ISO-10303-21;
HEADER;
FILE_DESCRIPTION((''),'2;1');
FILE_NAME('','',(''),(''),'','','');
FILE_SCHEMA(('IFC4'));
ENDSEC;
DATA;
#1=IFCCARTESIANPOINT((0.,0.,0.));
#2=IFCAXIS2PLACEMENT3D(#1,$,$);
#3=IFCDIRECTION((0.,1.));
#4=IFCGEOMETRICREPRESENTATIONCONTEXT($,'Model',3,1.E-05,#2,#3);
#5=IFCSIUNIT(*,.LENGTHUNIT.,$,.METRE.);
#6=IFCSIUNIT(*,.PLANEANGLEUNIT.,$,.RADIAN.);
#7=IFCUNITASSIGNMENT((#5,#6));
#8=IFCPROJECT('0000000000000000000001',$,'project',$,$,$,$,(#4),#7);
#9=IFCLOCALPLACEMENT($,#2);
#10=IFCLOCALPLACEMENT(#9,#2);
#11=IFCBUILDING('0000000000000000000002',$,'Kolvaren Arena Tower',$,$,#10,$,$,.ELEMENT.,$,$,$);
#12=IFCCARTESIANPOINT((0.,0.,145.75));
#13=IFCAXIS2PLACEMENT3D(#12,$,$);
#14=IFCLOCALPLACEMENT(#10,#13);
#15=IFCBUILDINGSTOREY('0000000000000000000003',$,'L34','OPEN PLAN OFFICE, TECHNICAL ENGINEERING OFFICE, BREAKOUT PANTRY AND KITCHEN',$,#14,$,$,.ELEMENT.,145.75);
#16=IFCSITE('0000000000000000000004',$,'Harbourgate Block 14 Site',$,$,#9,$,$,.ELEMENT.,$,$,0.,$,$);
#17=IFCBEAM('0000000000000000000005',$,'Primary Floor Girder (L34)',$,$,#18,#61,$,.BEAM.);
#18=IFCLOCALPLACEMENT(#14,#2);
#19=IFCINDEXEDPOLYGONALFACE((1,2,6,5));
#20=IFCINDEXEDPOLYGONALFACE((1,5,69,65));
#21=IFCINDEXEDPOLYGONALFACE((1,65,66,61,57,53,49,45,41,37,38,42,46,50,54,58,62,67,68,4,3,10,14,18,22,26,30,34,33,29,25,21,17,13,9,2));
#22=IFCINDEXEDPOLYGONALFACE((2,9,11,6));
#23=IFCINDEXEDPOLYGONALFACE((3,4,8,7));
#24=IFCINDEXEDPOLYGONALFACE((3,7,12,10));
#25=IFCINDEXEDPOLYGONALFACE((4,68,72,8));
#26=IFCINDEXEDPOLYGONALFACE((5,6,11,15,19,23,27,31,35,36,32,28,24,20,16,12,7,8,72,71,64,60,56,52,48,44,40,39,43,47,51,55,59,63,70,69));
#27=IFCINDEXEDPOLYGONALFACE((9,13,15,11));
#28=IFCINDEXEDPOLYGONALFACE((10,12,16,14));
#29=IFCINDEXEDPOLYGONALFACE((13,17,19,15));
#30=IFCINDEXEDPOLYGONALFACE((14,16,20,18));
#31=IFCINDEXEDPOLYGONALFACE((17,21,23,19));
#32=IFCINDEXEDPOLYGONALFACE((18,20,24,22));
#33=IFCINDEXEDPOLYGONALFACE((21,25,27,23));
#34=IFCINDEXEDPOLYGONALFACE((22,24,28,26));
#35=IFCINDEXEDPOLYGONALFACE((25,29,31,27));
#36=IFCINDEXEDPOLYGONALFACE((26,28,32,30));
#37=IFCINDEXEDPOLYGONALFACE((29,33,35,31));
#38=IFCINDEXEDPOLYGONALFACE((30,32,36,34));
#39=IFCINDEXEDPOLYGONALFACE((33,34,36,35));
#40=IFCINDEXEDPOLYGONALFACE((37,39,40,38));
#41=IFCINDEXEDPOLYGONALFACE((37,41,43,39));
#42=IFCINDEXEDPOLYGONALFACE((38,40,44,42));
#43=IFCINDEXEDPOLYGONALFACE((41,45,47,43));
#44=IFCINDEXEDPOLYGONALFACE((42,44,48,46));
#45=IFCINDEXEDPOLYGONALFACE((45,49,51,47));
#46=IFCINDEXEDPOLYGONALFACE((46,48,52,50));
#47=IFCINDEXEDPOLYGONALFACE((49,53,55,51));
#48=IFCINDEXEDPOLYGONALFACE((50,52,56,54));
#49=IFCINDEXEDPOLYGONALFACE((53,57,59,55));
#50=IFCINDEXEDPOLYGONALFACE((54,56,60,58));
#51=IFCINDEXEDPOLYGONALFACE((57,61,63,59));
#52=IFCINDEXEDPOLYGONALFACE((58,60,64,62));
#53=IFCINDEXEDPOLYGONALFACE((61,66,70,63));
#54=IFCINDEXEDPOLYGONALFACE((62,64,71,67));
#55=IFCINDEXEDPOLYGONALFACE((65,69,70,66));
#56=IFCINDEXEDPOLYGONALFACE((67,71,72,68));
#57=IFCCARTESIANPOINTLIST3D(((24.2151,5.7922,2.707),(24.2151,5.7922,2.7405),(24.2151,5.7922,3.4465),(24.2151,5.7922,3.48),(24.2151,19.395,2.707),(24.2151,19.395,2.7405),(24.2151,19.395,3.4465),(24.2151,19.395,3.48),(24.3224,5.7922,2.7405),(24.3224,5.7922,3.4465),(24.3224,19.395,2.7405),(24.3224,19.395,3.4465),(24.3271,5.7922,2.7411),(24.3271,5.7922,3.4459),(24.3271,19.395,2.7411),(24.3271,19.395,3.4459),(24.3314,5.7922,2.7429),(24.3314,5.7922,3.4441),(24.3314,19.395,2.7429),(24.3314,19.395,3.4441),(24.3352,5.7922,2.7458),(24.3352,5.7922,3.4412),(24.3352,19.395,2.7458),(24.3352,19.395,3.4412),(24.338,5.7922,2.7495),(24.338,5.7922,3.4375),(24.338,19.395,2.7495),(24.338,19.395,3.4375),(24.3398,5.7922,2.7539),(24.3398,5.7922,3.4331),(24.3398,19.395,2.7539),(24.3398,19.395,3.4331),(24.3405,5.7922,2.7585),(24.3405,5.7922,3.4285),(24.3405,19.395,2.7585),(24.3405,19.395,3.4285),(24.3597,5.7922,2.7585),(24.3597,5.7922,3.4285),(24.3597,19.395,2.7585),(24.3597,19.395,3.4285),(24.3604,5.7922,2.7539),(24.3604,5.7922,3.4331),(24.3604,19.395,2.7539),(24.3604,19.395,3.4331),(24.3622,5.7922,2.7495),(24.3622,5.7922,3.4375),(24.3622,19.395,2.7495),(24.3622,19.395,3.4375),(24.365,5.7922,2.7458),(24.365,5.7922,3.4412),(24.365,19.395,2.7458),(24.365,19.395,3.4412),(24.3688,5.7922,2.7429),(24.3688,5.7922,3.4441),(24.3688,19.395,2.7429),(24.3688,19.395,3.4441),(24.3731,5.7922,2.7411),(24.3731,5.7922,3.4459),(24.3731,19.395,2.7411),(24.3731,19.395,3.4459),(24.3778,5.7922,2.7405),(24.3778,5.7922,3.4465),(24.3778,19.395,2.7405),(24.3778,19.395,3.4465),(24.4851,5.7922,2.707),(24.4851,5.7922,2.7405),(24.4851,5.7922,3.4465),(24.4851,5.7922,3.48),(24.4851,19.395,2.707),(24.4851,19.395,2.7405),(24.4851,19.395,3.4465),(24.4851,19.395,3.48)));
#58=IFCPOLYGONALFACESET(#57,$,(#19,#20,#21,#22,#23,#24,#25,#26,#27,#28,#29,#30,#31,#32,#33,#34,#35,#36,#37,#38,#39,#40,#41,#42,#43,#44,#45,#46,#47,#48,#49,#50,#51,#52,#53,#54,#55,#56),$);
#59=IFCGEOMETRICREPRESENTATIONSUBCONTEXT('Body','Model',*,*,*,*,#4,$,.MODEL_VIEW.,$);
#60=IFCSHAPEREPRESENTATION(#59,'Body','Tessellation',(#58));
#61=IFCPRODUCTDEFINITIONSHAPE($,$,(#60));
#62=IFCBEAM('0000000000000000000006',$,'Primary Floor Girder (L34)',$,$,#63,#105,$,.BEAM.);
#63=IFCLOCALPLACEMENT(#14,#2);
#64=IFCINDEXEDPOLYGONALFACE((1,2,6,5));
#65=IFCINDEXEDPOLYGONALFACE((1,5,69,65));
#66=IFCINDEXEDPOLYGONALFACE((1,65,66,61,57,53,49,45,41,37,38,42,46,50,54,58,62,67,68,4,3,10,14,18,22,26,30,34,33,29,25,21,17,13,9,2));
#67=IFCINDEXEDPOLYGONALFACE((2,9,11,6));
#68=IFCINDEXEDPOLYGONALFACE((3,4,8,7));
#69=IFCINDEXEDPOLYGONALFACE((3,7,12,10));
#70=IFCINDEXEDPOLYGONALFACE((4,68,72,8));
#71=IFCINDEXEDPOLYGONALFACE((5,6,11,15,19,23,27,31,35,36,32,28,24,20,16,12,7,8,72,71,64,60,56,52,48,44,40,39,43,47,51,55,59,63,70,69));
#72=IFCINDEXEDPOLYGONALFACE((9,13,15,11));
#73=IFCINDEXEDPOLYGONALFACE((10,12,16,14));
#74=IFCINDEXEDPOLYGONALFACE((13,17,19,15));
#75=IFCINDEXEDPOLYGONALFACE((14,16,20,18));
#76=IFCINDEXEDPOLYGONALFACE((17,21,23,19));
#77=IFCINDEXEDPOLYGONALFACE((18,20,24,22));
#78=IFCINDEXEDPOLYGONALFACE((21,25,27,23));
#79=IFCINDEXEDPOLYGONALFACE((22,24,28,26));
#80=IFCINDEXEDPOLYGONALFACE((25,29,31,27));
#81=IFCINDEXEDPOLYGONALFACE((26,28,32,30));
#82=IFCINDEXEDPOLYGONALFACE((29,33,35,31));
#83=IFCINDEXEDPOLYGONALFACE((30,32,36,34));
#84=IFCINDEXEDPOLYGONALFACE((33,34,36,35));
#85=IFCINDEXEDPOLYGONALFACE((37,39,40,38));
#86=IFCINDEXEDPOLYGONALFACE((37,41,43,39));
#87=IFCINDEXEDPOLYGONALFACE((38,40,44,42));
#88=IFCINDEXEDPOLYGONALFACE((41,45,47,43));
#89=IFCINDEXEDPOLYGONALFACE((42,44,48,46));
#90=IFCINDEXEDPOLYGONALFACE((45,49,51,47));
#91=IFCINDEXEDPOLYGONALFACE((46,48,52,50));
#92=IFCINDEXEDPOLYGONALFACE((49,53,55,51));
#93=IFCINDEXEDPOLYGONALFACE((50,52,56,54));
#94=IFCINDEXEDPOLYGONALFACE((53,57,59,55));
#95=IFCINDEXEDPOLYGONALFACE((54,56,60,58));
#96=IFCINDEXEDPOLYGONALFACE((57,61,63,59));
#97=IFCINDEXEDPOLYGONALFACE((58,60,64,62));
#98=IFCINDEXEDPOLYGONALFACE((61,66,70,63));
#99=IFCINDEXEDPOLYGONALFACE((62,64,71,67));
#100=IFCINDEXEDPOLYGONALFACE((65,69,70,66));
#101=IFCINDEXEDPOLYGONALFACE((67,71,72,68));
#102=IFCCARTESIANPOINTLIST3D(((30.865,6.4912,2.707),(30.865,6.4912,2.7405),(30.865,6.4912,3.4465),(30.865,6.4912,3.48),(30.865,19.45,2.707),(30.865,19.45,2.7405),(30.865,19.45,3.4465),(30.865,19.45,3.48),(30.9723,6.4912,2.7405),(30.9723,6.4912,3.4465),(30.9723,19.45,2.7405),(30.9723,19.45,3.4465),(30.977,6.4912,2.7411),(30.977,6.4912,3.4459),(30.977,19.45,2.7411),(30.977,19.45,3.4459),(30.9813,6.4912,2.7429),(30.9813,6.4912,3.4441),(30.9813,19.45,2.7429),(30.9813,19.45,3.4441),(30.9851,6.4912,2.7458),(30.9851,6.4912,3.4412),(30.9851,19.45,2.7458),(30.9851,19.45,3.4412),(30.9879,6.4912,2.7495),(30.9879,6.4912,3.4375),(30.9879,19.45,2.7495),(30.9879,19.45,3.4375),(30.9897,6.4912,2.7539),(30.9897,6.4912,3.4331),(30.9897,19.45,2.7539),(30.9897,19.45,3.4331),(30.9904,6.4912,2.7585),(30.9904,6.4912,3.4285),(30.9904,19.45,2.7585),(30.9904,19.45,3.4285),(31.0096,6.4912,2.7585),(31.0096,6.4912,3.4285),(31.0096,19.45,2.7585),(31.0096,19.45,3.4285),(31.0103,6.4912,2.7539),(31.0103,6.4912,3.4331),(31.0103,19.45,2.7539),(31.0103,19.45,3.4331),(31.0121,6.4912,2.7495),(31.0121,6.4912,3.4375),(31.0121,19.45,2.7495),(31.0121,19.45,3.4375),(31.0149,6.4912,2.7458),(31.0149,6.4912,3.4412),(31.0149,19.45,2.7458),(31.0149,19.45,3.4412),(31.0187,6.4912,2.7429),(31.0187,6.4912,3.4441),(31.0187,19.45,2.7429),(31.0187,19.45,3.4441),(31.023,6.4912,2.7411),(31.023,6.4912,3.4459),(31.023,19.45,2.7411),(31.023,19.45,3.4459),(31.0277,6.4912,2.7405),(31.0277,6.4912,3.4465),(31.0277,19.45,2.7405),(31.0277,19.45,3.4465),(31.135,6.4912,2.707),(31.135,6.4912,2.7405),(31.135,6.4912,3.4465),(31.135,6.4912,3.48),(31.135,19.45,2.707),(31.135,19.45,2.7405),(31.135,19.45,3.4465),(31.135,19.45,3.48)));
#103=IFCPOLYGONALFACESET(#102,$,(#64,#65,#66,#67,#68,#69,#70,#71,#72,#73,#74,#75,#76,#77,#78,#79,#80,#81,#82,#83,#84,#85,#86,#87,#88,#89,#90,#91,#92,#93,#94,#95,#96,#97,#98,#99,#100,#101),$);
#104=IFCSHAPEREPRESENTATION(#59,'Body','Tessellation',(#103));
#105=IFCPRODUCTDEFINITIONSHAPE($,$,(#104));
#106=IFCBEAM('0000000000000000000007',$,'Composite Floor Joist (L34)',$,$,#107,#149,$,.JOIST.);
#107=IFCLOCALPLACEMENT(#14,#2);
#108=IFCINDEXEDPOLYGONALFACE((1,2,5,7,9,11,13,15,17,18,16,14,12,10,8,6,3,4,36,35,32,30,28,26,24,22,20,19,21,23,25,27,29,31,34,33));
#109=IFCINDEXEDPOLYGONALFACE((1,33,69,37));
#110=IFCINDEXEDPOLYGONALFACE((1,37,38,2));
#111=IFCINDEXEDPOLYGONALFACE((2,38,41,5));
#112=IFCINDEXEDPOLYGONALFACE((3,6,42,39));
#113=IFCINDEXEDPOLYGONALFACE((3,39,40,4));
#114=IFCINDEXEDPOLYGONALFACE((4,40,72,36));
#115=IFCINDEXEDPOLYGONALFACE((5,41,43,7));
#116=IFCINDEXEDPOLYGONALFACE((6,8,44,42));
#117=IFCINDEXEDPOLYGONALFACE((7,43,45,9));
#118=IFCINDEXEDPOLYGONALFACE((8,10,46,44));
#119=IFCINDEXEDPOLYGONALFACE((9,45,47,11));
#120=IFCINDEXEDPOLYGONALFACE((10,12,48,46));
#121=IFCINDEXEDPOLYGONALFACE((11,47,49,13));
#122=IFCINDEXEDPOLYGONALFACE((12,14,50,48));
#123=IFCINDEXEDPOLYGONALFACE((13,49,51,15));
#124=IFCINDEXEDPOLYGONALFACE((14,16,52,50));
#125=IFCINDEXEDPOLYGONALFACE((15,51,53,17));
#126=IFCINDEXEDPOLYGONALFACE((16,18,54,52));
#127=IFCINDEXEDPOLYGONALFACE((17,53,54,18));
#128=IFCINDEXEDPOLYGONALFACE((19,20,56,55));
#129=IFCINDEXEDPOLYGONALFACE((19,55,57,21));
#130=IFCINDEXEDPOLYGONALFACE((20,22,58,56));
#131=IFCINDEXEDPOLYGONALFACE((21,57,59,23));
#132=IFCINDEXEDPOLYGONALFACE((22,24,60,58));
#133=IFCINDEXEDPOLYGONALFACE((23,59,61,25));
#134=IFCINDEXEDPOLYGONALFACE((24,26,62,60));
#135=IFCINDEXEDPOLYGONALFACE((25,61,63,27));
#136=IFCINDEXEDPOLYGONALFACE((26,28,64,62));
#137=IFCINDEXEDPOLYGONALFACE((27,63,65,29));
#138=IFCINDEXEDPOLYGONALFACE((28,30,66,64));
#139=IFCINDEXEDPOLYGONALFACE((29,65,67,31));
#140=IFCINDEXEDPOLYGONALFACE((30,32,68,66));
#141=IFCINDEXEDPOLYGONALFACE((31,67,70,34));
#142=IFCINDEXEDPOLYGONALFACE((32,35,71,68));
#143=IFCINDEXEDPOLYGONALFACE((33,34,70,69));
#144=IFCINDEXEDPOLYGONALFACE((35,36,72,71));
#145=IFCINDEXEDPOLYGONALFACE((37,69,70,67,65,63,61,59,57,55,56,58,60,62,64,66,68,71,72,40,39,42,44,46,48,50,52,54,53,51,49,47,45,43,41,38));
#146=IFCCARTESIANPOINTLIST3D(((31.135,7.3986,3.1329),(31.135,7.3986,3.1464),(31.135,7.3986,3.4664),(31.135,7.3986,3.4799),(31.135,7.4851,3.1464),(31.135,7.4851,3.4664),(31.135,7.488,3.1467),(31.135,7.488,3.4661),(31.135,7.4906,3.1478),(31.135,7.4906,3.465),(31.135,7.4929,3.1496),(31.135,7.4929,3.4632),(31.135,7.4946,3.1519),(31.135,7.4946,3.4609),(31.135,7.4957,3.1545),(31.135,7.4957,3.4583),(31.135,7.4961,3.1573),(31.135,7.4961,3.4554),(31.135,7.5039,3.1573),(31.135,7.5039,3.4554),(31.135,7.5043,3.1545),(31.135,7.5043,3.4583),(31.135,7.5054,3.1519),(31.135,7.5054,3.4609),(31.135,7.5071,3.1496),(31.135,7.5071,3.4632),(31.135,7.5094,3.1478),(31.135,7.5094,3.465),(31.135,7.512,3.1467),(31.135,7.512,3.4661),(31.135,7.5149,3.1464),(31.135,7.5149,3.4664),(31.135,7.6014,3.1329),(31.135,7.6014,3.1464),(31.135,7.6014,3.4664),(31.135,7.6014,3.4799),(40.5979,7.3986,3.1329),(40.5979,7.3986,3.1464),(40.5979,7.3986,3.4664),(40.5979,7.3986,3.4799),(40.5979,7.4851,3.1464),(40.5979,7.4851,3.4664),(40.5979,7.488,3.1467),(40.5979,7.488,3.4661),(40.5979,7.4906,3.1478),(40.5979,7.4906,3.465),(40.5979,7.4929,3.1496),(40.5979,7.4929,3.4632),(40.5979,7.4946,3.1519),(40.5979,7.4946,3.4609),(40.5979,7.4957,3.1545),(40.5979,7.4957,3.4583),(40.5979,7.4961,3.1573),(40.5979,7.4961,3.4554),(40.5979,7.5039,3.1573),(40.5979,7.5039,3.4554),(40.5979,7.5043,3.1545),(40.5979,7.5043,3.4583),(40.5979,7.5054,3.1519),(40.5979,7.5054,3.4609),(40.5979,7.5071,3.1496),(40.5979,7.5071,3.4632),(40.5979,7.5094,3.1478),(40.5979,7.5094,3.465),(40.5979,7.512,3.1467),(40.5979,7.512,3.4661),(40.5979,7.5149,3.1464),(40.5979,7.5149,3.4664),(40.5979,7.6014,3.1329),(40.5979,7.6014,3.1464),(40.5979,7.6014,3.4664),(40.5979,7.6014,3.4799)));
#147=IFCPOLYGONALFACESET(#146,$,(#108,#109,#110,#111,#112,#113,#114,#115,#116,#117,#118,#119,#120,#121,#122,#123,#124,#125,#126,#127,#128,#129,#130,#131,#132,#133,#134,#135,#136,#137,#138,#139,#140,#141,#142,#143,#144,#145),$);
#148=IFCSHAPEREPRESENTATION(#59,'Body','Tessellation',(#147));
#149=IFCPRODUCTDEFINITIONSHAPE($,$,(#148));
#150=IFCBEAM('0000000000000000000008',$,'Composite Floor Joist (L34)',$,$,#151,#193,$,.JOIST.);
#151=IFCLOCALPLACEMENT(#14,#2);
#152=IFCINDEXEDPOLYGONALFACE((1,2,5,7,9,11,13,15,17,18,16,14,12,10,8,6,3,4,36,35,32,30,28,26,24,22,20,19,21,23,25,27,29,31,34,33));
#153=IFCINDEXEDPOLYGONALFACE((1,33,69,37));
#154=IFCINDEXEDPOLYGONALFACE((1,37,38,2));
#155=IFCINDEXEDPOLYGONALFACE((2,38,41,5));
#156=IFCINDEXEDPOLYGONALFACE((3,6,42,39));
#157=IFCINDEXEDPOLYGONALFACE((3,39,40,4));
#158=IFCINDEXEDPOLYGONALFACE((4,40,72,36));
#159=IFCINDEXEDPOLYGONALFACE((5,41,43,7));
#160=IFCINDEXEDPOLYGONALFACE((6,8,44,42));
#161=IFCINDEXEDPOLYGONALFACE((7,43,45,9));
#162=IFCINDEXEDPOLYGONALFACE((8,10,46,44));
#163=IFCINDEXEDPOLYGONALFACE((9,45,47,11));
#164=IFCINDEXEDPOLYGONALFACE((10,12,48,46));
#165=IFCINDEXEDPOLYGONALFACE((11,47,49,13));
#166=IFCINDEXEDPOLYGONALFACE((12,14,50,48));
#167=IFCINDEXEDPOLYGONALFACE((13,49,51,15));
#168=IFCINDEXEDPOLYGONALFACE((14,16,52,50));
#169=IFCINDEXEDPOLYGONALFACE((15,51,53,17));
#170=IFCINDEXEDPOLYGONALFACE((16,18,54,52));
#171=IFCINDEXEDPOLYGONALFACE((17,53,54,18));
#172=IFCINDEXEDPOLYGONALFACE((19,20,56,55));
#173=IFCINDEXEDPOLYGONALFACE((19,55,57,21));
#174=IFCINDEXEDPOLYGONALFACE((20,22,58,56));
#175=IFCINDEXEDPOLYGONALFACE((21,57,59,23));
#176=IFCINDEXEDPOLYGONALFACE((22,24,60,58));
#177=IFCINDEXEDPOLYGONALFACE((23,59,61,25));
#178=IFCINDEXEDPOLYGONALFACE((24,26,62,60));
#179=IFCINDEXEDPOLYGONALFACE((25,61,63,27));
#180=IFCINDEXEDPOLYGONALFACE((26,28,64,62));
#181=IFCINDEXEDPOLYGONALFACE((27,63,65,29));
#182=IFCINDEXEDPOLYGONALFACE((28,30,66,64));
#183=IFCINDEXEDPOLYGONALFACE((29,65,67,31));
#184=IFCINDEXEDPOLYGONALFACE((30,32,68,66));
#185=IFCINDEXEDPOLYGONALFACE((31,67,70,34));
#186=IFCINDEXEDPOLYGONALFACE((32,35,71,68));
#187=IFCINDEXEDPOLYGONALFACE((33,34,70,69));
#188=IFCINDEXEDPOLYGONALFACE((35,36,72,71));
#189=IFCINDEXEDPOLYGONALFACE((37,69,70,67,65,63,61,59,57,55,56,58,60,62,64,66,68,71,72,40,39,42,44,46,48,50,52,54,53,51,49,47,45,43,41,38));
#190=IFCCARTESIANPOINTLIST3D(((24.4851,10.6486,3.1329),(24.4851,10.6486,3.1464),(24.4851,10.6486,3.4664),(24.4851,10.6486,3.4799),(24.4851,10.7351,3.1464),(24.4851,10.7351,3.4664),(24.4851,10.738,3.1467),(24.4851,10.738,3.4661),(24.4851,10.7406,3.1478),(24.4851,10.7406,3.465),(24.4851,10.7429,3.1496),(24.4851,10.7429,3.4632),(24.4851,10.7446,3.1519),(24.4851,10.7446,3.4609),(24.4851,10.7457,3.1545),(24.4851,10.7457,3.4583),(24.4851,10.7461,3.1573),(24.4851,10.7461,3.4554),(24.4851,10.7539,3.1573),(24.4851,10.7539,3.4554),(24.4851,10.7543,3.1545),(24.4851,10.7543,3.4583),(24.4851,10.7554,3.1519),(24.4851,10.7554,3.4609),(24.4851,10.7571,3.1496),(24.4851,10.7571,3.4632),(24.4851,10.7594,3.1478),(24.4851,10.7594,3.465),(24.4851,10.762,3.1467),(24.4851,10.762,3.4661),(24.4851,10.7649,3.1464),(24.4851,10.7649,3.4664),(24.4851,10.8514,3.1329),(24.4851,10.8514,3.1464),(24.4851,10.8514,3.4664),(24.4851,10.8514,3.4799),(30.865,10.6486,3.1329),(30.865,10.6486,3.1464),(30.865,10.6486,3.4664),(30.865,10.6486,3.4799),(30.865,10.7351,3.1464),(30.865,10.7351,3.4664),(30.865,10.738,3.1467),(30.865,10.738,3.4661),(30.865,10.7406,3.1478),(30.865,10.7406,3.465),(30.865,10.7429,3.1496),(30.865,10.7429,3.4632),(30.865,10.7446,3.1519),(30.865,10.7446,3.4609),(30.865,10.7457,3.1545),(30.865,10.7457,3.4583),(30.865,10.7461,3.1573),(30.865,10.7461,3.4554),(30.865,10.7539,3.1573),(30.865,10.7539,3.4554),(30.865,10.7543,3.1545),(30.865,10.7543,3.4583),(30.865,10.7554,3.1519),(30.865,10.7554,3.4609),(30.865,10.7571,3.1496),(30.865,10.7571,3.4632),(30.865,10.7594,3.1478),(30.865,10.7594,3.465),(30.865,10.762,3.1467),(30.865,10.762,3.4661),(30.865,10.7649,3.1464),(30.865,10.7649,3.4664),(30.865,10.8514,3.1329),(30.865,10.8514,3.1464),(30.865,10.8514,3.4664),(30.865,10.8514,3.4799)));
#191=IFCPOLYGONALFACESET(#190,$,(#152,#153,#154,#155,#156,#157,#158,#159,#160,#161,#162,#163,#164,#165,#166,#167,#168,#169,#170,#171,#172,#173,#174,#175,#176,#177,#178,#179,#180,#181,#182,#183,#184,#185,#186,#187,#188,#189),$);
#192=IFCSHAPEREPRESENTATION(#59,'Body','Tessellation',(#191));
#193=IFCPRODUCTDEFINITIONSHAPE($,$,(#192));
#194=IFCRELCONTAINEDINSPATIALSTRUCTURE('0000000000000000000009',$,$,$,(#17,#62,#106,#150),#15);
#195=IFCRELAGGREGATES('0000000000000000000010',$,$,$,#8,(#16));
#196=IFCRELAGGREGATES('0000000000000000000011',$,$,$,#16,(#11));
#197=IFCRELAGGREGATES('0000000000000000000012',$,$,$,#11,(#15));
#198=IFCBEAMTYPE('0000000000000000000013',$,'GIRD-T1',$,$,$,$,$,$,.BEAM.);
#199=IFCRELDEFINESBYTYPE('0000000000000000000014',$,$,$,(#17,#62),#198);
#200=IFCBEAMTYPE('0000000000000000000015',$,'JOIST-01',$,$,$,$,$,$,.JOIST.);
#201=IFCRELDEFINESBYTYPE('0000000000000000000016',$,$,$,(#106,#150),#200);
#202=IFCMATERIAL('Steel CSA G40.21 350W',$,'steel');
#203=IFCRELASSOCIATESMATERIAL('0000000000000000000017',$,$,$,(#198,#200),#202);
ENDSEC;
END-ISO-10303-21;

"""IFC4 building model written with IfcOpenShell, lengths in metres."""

from ifc_helpers import new_model, si_unit, direction, frame, origin, origin_2d, place, context, subcontext, project, spatial, i_section, extrude, material, material_profile, profile_set, type_object, element, save


model = new_model("IFC4")

# Units and contexts
model_context = context("Model", 3, precision=1e-05, world=origin(), true_north=direction((0.0, 1.0)))
body_context = subcontext(model_context, "Body", "Model", "MODEL_VIEW")
ifc_project = project(units=[si_unit("LENGTHUNIT", "METRE"), si_unit("PLANEANGLEUNIT", "RADIAN")], contexts=[model_context])

# Site, building, storey
site_placement = place(None, origin())
site = spatial("IfcSite", under=ifc_project, at=site_placement, Name="Harbourgate Block 14 Site", CompositionType="ELEMENT", RefElevation=0.0)
building_placement = place(site_placement, origin())
building = spatial("IfcBuilding", under=site, at=building_placement, Name="Kolvaren Arena Tower", CompositionType="ELEMENT")
storey_placement = place(building_placement, frame((0.0, 0.0, 145.75)))
storey = spatial("IfcBuildingStorey", under=building, at=storey_placement, Name="L34", Description="OPEN PLAN OFFICE, TECHNICAL ENGINEERING OFFICE, BREAKOUT PANTRY AND KITCHEN", CompositionType="ELEMENT", Elevation=145.75)

# Beams
ifc_material_1 = material(Name="Steel CSA G40.21 350W", Category="steel")
ifc_material_profile_1 = material_profile(ifc_material_1, i_section(OverallWidth=0.27, OverallDepth=0.7729, WebThickness=0.0193, FlangeThickness=0.0334, FilletRadius=0.0181, at=origin_2d()), Name="W760x257")
ifc_profile_set_1 = profile_set([ifc_material_profile_1], Name="Steel CSA G40.21 350W")
beam_type_1 = type_object("IfcBeamType", Name="GIRD-T1", PredefinedType="BEAM", material=ifc_profile_set_1)
beam_1_placement = place(storey_placement, frame((24.3501, 5.7922, 3.0935), z_axis=(0.0, 1.0, 0.0), x_axis=(-1.0, 0.0, 0.0)))
element("IfcBeam", 1, at=beam_1_placement, inside=storey, type_object=beam_type_1, Name="Primary Floor Girder (L34)", PredefinedType="BEAM", context=body_context, shape_type="SweptSolid", body=[
    extrude(i_section(OverallWidth=0.27, OverallDepth=0.7729, WebThickness=0.0193, FlangeThickness=0.0334, FilletRadius=0.0181, at=origin_2d()), origin(), (0.0, 0.0, 1.0), 13.6028),
])
beam_2_placement = place(storey_placement, frame((31.0, 6.4912, 3.0935), z_axis=(0.0, 1.0, 0.0), x_axis=(-1.0, 0.0, 0.0)))
element("IfcBeam", 2, at=beam_2_placement, inside=storey, type_object=beam_type_1, Name="Primary Floor Girder (L34)", PredefinedType="BEAM", context=body_context, shape_type="SweptSolid", body=[
    extrude(i_section(OverallWidth=0.27, OverallDepth=0.7729, WebThickness=0.0193, FlangeThickness=0.0334, FilletRadius=0.0181, at=origin_2d()), origin(), (0.0, 0.0, 1.0), 12.9587),
])
ifc_material_profile_2 = material_profile(ifc_material_1, i_section(OverallWidth=0.2029, OverallDepth=0.3469, WebThickness=0.0078, FlangeThickness=0.0134, FilletRadius=0.011, at=origin_2d()), Name="W360x64")
ifc_profile_set_2 = profile_set([ifc_material_profile_2], Name="Steel CSA G40.21 350W")
beam_type_2 = type_object("IfcBeamType", Name="JOIST-01", PredefinedType="JOIST", material=ifc_profile_set_2)
beam_3_placement = place(storey_placement, frame((31.135, 7.5, 3.3064), z_axis=(1.0, 0.0, 0.0), x_axis=(0.0, 1.0, 0.0)))
element("IfcBeam", 3, at=beam_3_placement, inside=storey, type_object=beam_type_2, Name="Composite Floor Joist (L34)", PredefinedType="JOIST", context=body_context, shape_type="SweptSolid", body=[
    extrude(i_section(OverallWidth=0.2029, OverallDepth=0.3469, WebThickness=0.0078, FlangeThickness=0.0134, FilletRadius=0.011, at=origin_2d()), origin(), (0.0, 0.0, 1.0), 9.4629),
])
beam_4_placement = place(storey_placement, frame((24.4851, 10.75, 3.3064), z_axis=(1.0, 0.0, 0.0), x_axis=(0.0, 1.0, 0.0)))
element("IfcBeam", 4, at=beam_4_placement, inside=storey, type_object=beam_type_2, Name="Composite Floor Joist (L34)", PredefinedType="JOIST", context=body_context, shape_type="SweptSolid", body=[
    extrude(i_section(OverallWidth=0.2029, OverallDepth=0.3469, WebThickness=0.0078, FlangeThickness=0.0134, FilletRadius=0.011, at=origin_2d()), origin(), (0.0, 0.0, 1.0), 6.3799),
])

save(model, "model.ifc")
